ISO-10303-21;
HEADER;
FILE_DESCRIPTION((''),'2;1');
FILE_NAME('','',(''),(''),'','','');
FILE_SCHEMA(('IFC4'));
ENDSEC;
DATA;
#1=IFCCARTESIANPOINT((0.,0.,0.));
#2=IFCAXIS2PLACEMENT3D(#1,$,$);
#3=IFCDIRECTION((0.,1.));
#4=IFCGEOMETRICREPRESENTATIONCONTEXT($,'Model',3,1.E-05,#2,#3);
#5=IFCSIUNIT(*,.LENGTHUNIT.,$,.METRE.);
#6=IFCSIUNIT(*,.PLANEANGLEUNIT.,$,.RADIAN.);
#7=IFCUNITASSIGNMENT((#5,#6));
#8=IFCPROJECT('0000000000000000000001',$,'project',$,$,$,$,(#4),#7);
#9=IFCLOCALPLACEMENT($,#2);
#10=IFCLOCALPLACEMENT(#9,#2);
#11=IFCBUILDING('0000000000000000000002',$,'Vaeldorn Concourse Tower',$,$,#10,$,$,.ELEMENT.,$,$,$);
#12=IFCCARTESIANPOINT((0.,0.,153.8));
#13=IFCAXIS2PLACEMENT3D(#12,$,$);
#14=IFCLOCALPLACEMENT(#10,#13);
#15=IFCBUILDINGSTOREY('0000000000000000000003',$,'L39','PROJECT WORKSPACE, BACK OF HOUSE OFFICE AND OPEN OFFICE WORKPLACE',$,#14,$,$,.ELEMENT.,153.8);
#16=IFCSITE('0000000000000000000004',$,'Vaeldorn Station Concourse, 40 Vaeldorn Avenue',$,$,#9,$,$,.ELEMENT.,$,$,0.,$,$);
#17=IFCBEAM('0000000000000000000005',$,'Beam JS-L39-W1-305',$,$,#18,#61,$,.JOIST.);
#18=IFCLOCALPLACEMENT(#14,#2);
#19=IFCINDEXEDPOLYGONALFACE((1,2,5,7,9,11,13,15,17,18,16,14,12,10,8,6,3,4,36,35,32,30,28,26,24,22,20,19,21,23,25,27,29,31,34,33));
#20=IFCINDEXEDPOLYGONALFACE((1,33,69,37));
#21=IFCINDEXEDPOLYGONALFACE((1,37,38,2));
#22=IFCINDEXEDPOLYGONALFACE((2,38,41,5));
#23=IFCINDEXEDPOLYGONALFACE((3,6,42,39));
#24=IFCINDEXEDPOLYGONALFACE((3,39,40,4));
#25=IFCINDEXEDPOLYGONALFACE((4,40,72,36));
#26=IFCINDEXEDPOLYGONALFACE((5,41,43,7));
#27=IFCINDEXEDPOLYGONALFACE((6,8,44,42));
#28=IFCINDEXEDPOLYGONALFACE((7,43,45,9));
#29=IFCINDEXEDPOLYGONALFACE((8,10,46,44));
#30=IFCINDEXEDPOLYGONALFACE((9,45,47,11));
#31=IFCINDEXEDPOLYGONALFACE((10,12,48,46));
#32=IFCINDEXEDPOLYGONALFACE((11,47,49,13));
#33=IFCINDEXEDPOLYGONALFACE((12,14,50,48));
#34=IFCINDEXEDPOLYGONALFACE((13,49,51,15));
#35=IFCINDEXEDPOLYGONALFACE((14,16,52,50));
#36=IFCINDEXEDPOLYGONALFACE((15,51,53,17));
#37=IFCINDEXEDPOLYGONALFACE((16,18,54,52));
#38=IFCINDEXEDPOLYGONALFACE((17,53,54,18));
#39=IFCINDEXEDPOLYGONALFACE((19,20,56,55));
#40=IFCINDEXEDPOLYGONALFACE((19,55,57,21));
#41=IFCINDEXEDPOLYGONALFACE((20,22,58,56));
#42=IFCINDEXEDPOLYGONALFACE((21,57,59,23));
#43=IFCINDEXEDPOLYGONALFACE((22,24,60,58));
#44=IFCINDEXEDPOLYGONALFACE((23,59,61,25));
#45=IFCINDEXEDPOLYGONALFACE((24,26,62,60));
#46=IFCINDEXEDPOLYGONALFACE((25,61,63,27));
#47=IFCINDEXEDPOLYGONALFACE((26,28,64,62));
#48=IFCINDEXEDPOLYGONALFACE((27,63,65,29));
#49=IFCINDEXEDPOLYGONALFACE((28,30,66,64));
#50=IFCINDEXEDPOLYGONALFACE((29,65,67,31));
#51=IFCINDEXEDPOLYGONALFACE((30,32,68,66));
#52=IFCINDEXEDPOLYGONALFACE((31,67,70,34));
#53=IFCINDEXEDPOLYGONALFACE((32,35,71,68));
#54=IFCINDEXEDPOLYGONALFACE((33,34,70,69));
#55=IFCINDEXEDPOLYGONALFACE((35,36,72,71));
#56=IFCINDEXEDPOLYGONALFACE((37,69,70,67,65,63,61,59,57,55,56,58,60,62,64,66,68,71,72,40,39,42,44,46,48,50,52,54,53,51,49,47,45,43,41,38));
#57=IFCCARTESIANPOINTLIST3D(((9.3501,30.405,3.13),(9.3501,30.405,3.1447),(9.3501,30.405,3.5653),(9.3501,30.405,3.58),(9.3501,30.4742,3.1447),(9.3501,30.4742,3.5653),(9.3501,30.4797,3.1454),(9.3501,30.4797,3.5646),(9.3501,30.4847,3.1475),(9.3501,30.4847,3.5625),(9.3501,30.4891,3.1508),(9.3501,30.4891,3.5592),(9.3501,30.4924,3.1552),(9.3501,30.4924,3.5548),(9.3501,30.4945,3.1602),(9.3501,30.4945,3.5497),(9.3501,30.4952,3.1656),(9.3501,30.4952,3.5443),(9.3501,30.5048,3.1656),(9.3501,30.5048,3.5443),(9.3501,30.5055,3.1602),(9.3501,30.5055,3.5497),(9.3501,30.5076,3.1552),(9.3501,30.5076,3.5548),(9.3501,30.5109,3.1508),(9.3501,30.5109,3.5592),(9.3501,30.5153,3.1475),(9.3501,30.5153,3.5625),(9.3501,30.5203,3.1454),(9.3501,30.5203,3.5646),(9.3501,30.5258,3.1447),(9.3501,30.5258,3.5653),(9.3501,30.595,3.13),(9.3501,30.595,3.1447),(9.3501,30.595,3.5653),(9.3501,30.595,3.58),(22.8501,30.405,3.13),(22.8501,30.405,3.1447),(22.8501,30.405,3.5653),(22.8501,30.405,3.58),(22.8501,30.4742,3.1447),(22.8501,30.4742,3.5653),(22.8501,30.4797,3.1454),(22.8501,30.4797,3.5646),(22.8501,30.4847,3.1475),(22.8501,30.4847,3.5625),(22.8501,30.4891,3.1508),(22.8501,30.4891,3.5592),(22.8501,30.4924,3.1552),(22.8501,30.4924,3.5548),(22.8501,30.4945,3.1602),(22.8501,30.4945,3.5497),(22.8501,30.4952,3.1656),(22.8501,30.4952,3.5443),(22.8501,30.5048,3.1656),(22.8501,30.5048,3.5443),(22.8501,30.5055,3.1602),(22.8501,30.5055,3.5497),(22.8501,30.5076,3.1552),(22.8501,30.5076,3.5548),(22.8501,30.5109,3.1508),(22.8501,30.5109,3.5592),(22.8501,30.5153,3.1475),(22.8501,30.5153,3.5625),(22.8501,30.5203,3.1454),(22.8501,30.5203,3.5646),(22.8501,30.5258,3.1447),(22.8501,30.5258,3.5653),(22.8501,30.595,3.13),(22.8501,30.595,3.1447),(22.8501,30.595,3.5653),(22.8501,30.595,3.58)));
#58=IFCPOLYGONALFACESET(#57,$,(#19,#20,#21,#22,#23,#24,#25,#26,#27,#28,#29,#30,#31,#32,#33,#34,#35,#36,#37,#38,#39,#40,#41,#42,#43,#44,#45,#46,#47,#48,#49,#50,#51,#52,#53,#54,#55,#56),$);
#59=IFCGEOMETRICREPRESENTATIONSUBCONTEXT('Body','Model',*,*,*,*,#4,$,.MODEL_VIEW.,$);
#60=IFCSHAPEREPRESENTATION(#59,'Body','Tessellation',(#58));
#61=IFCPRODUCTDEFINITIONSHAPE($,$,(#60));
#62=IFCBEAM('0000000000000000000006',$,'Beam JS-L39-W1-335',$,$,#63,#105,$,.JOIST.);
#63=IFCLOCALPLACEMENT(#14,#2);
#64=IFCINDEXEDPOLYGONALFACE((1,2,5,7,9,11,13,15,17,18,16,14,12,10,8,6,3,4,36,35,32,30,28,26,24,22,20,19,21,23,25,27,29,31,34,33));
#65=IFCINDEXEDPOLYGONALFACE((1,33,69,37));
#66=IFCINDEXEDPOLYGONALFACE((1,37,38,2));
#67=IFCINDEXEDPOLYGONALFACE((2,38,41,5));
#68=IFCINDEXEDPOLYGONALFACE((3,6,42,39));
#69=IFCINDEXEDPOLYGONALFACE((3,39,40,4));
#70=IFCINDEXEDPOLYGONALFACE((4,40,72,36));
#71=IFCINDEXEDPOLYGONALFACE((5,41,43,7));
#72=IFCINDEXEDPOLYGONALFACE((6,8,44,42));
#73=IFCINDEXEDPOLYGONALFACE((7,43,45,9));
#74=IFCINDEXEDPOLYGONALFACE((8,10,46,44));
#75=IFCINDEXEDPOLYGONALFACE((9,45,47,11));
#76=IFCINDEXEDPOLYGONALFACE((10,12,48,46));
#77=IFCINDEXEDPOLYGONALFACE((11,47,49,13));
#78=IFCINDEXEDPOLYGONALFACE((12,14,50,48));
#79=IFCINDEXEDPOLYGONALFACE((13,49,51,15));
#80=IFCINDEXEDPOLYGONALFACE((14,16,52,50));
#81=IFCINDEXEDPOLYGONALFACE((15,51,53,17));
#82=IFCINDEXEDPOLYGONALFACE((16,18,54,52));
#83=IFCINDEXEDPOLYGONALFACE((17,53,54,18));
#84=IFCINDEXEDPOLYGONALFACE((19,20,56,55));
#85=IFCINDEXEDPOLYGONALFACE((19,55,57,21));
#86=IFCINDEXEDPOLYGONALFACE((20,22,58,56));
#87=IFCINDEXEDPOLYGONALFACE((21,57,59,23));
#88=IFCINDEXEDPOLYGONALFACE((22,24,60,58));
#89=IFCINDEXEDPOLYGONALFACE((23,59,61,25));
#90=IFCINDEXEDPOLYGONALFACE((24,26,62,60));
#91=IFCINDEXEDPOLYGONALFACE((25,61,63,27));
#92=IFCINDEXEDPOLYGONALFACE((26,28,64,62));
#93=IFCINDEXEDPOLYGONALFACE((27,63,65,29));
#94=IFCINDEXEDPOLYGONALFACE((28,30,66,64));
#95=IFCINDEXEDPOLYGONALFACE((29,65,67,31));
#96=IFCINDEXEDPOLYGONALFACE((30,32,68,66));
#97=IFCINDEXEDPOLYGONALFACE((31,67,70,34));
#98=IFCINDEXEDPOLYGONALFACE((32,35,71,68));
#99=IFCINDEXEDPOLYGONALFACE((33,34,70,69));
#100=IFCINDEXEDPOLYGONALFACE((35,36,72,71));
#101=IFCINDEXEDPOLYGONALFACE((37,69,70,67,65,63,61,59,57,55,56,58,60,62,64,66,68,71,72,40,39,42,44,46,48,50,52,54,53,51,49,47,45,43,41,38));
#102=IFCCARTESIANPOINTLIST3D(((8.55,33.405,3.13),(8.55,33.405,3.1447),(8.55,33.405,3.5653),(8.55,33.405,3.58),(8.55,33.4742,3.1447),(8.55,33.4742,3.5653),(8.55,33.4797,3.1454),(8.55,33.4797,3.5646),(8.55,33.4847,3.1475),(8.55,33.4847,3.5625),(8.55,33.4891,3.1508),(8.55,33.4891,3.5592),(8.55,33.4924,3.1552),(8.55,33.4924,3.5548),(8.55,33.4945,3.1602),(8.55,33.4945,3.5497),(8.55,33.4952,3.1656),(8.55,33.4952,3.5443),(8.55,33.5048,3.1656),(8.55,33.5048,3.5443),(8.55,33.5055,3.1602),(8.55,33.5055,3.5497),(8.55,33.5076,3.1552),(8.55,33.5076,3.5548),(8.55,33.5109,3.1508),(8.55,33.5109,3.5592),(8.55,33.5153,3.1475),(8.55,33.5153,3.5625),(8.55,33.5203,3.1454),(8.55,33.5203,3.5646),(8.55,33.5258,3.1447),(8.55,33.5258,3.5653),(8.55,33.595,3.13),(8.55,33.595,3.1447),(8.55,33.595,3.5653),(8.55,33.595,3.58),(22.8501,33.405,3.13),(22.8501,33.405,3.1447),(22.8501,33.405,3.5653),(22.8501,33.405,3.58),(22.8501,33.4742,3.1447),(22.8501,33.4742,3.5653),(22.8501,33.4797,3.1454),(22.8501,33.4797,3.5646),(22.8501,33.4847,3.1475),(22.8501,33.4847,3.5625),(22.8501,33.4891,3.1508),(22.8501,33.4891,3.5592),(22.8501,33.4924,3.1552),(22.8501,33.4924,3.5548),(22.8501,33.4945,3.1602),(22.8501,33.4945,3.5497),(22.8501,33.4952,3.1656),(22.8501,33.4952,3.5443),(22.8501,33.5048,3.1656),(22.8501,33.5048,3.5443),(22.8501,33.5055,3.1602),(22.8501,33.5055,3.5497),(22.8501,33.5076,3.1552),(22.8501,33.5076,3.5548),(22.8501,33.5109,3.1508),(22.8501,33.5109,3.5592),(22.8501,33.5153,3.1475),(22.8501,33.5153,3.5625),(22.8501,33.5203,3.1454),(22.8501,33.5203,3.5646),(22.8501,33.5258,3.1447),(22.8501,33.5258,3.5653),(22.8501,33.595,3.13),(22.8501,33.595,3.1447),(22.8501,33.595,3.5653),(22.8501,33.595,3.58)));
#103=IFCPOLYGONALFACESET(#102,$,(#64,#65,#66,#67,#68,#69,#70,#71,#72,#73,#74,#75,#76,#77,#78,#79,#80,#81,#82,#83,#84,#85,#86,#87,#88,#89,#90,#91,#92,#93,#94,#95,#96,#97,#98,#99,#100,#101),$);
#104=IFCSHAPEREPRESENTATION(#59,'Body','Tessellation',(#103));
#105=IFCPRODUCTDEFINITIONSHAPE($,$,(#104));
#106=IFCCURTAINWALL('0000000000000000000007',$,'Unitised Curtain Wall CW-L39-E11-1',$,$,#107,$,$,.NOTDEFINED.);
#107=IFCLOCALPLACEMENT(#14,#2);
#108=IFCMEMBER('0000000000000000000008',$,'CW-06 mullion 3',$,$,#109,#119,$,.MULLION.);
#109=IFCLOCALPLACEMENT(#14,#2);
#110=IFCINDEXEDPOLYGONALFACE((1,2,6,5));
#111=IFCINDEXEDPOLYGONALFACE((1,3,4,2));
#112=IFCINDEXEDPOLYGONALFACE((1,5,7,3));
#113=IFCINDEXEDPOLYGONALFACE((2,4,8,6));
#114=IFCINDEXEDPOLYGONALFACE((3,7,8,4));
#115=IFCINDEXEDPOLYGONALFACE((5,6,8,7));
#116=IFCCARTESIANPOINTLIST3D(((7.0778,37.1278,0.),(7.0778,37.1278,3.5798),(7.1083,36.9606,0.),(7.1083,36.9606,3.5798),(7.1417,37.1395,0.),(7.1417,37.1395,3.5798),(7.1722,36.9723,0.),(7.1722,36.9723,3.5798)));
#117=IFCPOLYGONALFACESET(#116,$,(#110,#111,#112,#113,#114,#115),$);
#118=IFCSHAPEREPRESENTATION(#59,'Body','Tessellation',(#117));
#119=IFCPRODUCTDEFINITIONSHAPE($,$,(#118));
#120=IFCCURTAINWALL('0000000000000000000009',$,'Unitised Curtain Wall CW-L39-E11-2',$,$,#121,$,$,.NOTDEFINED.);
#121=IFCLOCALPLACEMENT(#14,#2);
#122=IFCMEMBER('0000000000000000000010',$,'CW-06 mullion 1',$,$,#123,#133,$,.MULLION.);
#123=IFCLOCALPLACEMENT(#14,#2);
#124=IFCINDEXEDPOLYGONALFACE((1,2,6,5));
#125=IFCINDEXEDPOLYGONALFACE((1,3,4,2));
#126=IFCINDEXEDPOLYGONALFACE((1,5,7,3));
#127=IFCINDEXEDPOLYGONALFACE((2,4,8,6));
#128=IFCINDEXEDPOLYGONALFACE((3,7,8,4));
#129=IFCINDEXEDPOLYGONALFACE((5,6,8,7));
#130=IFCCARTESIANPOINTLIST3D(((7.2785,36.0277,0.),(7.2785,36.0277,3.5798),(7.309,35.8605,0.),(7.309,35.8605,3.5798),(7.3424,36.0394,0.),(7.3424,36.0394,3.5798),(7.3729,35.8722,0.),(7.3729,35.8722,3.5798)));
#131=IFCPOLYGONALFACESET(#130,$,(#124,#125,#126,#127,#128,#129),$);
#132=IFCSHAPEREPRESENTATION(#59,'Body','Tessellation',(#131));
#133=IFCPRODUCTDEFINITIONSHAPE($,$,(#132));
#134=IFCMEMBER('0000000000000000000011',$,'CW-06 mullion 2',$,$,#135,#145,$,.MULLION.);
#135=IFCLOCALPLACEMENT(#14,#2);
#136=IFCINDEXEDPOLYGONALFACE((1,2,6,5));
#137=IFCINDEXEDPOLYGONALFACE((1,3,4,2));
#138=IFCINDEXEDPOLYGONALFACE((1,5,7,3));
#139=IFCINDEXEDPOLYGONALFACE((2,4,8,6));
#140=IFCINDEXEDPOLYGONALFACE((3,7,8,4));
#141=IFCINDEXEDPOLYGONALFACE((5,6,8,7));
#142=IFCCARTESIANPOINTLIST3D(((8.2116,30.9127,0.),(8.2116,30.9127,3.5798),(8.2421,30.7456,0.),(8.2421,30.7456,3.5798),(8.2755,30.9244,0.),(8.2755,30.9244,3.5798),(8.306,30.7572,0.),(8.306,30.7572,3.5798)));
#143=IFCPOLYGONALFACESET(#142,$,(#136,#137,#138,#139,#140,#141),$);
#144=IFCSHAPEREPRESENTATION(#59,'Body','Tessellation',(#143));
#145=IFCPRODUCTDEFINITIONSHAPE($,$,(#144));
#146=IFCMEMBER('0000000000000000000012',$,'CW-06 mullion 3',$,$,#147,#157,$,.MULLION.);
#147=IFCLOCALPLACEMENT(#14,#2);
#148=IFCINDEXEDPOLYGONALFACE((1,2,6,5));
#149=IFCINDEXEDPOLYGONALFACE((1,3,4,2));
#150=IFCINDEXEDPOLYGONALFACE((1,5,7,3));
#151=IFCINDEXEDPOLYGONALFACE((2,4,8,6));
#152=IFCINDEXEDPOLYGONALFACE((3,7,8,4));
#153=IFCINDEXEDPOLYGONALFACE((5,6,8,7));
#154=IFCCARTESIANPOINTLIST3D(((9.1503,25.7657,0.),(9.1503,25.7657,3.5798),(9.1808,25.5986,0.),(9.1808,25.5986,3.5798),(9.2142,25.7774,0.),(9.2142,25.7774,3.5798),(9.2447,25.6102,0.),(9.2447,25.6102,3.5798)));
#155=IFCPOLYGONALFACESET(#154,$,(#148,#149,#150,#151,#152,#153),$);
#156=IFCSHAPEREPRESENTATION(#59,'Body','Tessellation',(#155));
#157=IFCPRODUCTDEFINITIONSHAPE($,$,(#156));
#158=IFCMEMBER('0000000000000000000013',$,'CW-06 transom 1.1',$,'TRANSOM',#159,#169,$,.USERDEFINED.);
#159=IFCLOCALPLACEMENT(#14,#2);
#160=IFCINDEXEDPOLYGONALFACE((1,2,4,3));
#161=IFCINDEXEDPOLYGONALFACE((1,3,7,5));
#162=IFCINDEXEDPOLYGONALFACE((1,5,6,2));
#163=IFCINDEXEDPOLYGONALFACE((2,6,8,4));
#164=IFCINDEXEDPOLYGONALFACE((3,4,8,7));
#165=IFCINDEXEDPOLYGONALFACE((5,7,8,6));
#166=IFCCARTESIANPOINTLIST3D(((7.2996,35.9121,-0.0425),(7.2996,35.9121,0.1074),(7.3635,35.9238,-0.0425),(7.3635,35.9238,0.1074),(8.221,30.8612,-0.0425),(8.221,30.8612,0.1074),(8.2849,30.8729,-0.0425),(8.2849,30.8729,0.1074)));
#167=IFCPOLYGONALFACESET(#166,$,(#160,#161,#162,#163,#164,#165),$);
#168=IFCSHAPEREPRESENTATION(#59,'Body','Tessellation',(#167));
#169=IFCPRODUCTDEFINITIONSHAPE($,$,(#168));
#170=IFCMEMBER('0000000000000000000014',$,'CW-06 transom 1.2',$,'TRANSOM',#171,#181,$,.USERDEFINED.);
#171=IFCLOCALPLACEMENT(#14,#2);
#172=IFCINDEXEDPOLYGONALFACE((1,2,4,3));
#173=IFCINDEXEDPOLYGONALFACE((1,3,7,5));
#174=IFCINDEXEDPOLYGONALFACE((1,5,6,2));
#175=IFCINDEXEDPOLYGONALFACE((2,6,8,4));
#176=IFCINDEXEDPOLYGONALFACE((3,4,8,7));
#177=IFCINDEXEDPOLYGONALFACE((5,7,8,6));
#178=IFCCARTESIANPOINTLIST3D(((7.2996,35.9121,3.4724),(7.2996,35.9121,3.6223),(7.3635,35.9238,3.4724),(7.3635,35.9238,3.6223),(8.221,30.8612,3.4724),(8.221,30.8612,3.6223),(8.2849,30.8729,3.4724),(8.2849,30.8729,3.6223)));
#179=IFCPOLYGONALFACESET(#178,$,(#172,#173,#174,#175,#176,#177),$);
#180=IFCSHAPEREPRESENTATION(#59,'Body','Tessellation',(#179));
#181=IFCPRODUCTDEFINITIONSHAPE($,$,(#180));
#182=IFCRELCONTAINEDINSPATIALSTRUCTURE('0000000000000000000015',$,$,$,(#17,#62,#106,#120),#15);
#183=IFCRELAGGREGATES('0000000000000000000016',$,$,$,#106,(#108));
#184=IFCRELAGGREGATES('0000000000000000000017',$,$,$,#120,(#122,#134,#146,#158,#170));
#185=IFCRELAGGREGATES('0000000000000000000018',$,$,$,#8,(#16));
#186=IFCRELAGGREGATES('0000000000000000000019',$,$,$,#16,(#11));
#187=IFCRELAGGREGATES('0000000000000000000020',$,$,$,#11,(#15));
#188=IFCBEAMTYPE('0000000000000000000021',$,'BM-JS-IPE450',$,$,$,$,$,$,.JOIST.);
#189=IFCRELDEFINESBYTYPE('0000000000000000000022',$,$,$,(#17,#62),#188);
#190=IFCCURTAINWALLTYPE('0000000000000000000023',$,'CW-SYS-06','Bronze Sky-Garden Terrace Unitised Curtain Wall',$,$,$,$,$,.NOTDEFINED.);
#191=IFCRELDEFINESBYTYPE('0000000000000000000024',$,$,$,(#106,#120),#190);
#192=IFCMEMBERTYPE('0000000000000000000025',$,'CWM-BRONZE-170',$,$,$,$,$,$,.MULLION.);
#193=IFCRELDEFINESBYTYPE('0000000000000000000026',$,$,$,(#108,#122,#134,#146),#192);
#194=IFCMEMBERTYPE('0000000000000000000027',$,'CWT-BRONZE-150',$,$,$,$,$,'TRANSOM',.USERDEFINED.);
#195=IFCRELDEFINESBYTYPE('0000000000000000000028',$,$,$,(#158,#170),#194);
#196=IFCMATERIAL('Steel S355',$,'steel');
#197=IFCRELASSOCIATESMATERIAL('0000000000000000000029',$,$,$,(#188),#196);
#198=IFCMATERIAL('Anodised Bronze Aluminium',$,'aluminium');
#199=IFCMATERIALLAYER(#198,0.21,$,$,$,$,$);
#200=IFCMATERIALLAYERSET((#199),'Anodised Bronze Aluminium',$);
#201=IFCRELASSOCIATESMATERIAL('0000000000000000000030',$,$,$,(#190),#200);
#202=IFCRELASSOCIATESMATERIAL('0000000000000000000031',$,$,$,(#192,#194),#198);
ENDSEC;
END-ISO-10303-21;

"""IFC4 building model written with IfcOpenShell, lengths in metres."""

from ifc_helpers import new_model, si_unit, direction, frame, origin, origin_2d, place, context, subcontext, project, spatial, rectangle, i_section, extrude, source, transform, mapped, material, layer, layer_set, material_profile, profile_set, type_object, element, aggregate, save


model = new_model("IFC4")

# Units and contexts
model_context = context("Model", 3, precision=1e-05, world=origin(), true_north=direction((0.0, 1.0)))
body_context = subcontext(model_context, "Body", "Model", "MODEL_VIEW")
ifc_project = project(units=[si_unit("LENGTHUNIT", "METRE"), si_unit("PLANEANGLEUNIT", "RADIAN")], contexts=[model_context])

# Site, building, storey
site_placement = place(None, origin())
site = spatial("IfcSite", under=ifc_project, at=site_placement, Name="Vaeldorn Station Concourse, 40 Vaeldorn Avenue", CompositionType="ELEMENT", RefElevation=0.0)
building_placement = place(site_placement, origin())
building = spatial("IfcBuilding", under=site, at=building_placement, Name="Vaeldorn Concourse Tower", CompositionType="ELEMENT")
storey_placement = place(building_placement, frame((0.0, 0.0, 153.8)))
storey = spatial("IfcBuildingStorey", under=building, at=storey_placement, Name="L39", Description="PROJECT WORKSPACE, BACK OF HOUSE OFFICE AND OPEN OFFICE WORKPLACE", CompositionType="ELEMENT", Elevation=153.8)

# Beams
ifc_material_1 = material(Name="Steel S355", Category="steel")
ifc_material_profile_1 = material_profile(ifc_material_1, i_section(OverallWidth=0.1899, OverallDepth=0.45, WebThickness=0.0095, FlangeThickness=0.0146, FilletRadius=0.021, at=origin_2d()), Name="IPE 450")
ifc_profile_set_1 = profile_set([ifc_material_profile_1], Name="Steel S355")
beam_type_1 = type_object("IfcBeamType", Name="BM-JS-IPE450", PredefinedType="JOIST", material=ifc_profile_set_1)
shared_shape_1 = source(origin(), body_context, "Body", "SweptSolid", [
    extrude(i_section(OverallWidth=0.1899, OverallDepth=0.45, WebThickness=0.0095, FlangeThickness=0.0146, FilletRadius=0.021, at=origin_2d()), origin(), (0.0, 0.0, 1.0), 13.5),
])
beam_1_placement = place(storey_placement, frame((9.3501, 30.5, 3.355), z_axis=(1.0, 0.0, 0.0), x_axis=(0.0, 1.0, 0.0)))
element("IfcBeam", 1, at=beam_1_placement, inside=storey, type_object=beam_type_1, Name="Beam JS-L39-W1-305", PredefinedType="JOIST", context=body_context, shape_type="MappedRepresentation", body=[
    mapped(shared_shape_1, transform((0.0, 0.0, 0.0), scale=1.0)),
])
shared_shape_2 = source(origin(), body_context, "Body", "SweptSolid", [
    extrude(i_section(OverallWidth=0.1899, OverallDepth=0.45, WebThickness=0.0095, FlangeThickness=0.0146, FilletRadius=0.021, at=origin_2d()), origin(), (0.0, 0.0, 1.0), 14.3),
])
beam_2_placement = place(storey_placement, frame((8.55, 33.5, 3.355), z_axis=(1.0, 0.0, 0.0), x_axis=(0.0, 1.0, 0.0)))
element("IfcBeam", 2, at=beam_2_placement, inside=storey, type_object=beam_type_1, Name="Beam JS-L39-W1-335", PredefinedType="JOIST", context=body_context, shape_type="MappedRepresentation", body=[
    mapped(shared_shape_2, transform((0.0, 0.0, 0.0), scale=1.0)),
])

# Curtain wall, member
ifc_material_2 = material(Name="Anodised Bronze Aluminium", Category="aluminium")
ifc_layer_1 = layer(ifc_material_2, 0.21)
ifc_layer_set_1 = layer_set([ifc_layer_1], Name="Anodised Bronze Aluminium")
curtain_wall_type = type_object("IfcCurtainWallType", Name="CW-SYS-06", Description="Bronze Sky-Garden Terrace Unitised Curtain Wall", PredefinedType="NOTDEFINED", material=ifc_layer_set_1)
curtain_wall_1_placement = place(storey_placement, origin())
curtain_wall_1 = element("IfcCurtainWall", 3, at=curtain_wall_1_placement, inside=storey, type_object=curtain_wall_type, Name="Unitised Curtain Wall CW-L39-E11-1", PredefinedType="NOTDEFINED")
ifc_material_profile_2 = material_profile(ifc_material_2, rectangle(XDim=0.0649, YDim=0.1699, at=origin_2d()), Name="CWM 65x170")
ifc_profile_set_2 = profile_set([ifc_material_profile_2], Name="Anodised Bronze Aluminium")
member_type_1 = type_object("IfcMemberType", Name="CWM-BRONZE-170", PredefinedType="MULLION", material=ifc_profile_set_2)
shared_shape_3 = source(origin(), body_context, "Body", "SweptSolid", [
    extrude(rectangle(XDim=0.0649, YDim=0.1699, at=origin_2d()), origin(), (0.0, 0.0, 1.0), 3.5798),
])
member_1_placement = place(storey_placement, frame((7.125, 37.05, 0.0), z_axis=(0.0, 0.0, 1.0), x_axis=(0.983767, 0.179448, 0.0)))
member_1 = element("IfcMember", 4, at=member_1_placement, type_object=member_type_1, Name="CW-06 mullion 3", PredefinedType="MULLION", context=body_context, shape_type="MappedRepresentation", body=[
    mapped(shared_shape_3, transform((0.0, 0.0, 0.0), scale=1.0)),
])
aggregate(curtain_wall_1, [member_1])

# Curtain wall, members
curtain_wall_2_placement = place(storey_placement, origin())
curtain_wall_2 = element("IfcCurtainWall", 5, at=curtain_wall_2_placement, inside=storey, type_object=curtain_wall_type, Name="Unitised Curtain Wall CW-L39-E11-2", PredefinedType="NOTDEFINED")
member_2_placement = place(storey_placement, frame((7.3257, 35.95, 0.0), z_axis=(0.0, 0.0, 1.0), x_axis=(0.983768, 0.179446, 0.0)))
member_2 = element("IfcMember", 6, at=member_2_placement, type_object=member_type_1, Name="CW-06 mullion 1", PredefinedType="MULLION", context=body_context, shape_type="MappedRepresentation", body=[
    mapped(shared_shape_3, transform((0.0, 0.0, 0.0), scale=1.0)),
])
member_3_placement = place(storey_placement, frame((8.2588, 30.835, 0.0), z_axis=(0.0, 0.0, 1.0), x_axis=(0.983768, 0.179446, 0.0)))
member_3 = element("IfcMember", 7, at=member_3_placement, type_object=member_type_1, Name="CW-06 mullion 2", PredefinedType="MULLION", context=body_context, shape_type="MappedRepresentation", body=[
    mapped(shared_shape_3, transform((0.0, 0.0, 0.0), scale=1.0)),
])
member_4_placement = place(storey_placement, frame((9.1975, 25.688, 0.0), z_axis=(0.0, 0.0, 1.0), x_axis=(0.983768, 0.179446, 0.0)))
member_4 = element("IfcMember", 8, at=member_4_placement, type_object=member_type_1, Name="CW-06 mullion 3", PredefinedType="MULLION", context=body_context, shape_type="MappedRepresentation", body=[
    mapped(shared_shape_3, transform((0.0, 0.0, 0.0), scale=1.0)),
])
ifc_material_profile_3 = material_profile(ifc_material_2, rectangle(XDim=0.0649, YDim=0.1499, at=origin_2d()), Name="CWT 65x150")
ifc_profile_set_3 = profile_set([ifc_material_profile_3], Name="Anodised Bronze Aluminium")
member_type_2 = type_object("IfcMemberType", Name="CWT-BRONZE-150", ElementType="TRANSOM", PredefinedType="USERDEFINED", material=ifc_profile_set_3)
shared_shape_4 = source(origin(), body_context, "Body", "SweptSolid", [
    extrude(rectangle(XDim=0.0649, YDim=0.1499, at=origin_2d()), origin(), (0.0, 0.0, 1.0), 5.1343),
])
member_5_placement = place(storey_placement, frame((7.3315, 35.918, 0.0325), z_axis=(0.179454, -0.983766, 0.0), x_axis=(0.983766, 0.179454, 0.0)))
member_5 = element("IfcMember", 9, at=member_5_placement, type_object=member_type_2, Name="CW-06 transom 1.1", ObjectType="TRANSOM", PredefinedType="USERDEFINED", context=body_context, shape_type="MappedRepresentation", body=[
    mapped(shared_shape_4, transform((0.0, 0.0, 0.0), scale=1.0)),
])
member_6_placement = place(storey_placement, frame((7.3315, 35.918, 3.5474), z_axis=(0.179454, -0.983766, 0.0), x_axis=(0.983766, 0.179454, 0.0)))
member_6 = element("IfcMember", 10, at=member_6_placement, type_object=member_type_2, Name="CW-06 transom 1.2", ObjectType="TRANSOM", PredefinedType="USERDEFINED", context=body_context, shape_type="MappedRepresentation", body=[
    mapped(shared_shape_4, transform((0.0, 0.0, 0.0), scale=1.0)),
])
aggregate(curtain_wall_2, [member_2, member_3, member_4, member_5, member_6])

save(model, "model.ifc")
